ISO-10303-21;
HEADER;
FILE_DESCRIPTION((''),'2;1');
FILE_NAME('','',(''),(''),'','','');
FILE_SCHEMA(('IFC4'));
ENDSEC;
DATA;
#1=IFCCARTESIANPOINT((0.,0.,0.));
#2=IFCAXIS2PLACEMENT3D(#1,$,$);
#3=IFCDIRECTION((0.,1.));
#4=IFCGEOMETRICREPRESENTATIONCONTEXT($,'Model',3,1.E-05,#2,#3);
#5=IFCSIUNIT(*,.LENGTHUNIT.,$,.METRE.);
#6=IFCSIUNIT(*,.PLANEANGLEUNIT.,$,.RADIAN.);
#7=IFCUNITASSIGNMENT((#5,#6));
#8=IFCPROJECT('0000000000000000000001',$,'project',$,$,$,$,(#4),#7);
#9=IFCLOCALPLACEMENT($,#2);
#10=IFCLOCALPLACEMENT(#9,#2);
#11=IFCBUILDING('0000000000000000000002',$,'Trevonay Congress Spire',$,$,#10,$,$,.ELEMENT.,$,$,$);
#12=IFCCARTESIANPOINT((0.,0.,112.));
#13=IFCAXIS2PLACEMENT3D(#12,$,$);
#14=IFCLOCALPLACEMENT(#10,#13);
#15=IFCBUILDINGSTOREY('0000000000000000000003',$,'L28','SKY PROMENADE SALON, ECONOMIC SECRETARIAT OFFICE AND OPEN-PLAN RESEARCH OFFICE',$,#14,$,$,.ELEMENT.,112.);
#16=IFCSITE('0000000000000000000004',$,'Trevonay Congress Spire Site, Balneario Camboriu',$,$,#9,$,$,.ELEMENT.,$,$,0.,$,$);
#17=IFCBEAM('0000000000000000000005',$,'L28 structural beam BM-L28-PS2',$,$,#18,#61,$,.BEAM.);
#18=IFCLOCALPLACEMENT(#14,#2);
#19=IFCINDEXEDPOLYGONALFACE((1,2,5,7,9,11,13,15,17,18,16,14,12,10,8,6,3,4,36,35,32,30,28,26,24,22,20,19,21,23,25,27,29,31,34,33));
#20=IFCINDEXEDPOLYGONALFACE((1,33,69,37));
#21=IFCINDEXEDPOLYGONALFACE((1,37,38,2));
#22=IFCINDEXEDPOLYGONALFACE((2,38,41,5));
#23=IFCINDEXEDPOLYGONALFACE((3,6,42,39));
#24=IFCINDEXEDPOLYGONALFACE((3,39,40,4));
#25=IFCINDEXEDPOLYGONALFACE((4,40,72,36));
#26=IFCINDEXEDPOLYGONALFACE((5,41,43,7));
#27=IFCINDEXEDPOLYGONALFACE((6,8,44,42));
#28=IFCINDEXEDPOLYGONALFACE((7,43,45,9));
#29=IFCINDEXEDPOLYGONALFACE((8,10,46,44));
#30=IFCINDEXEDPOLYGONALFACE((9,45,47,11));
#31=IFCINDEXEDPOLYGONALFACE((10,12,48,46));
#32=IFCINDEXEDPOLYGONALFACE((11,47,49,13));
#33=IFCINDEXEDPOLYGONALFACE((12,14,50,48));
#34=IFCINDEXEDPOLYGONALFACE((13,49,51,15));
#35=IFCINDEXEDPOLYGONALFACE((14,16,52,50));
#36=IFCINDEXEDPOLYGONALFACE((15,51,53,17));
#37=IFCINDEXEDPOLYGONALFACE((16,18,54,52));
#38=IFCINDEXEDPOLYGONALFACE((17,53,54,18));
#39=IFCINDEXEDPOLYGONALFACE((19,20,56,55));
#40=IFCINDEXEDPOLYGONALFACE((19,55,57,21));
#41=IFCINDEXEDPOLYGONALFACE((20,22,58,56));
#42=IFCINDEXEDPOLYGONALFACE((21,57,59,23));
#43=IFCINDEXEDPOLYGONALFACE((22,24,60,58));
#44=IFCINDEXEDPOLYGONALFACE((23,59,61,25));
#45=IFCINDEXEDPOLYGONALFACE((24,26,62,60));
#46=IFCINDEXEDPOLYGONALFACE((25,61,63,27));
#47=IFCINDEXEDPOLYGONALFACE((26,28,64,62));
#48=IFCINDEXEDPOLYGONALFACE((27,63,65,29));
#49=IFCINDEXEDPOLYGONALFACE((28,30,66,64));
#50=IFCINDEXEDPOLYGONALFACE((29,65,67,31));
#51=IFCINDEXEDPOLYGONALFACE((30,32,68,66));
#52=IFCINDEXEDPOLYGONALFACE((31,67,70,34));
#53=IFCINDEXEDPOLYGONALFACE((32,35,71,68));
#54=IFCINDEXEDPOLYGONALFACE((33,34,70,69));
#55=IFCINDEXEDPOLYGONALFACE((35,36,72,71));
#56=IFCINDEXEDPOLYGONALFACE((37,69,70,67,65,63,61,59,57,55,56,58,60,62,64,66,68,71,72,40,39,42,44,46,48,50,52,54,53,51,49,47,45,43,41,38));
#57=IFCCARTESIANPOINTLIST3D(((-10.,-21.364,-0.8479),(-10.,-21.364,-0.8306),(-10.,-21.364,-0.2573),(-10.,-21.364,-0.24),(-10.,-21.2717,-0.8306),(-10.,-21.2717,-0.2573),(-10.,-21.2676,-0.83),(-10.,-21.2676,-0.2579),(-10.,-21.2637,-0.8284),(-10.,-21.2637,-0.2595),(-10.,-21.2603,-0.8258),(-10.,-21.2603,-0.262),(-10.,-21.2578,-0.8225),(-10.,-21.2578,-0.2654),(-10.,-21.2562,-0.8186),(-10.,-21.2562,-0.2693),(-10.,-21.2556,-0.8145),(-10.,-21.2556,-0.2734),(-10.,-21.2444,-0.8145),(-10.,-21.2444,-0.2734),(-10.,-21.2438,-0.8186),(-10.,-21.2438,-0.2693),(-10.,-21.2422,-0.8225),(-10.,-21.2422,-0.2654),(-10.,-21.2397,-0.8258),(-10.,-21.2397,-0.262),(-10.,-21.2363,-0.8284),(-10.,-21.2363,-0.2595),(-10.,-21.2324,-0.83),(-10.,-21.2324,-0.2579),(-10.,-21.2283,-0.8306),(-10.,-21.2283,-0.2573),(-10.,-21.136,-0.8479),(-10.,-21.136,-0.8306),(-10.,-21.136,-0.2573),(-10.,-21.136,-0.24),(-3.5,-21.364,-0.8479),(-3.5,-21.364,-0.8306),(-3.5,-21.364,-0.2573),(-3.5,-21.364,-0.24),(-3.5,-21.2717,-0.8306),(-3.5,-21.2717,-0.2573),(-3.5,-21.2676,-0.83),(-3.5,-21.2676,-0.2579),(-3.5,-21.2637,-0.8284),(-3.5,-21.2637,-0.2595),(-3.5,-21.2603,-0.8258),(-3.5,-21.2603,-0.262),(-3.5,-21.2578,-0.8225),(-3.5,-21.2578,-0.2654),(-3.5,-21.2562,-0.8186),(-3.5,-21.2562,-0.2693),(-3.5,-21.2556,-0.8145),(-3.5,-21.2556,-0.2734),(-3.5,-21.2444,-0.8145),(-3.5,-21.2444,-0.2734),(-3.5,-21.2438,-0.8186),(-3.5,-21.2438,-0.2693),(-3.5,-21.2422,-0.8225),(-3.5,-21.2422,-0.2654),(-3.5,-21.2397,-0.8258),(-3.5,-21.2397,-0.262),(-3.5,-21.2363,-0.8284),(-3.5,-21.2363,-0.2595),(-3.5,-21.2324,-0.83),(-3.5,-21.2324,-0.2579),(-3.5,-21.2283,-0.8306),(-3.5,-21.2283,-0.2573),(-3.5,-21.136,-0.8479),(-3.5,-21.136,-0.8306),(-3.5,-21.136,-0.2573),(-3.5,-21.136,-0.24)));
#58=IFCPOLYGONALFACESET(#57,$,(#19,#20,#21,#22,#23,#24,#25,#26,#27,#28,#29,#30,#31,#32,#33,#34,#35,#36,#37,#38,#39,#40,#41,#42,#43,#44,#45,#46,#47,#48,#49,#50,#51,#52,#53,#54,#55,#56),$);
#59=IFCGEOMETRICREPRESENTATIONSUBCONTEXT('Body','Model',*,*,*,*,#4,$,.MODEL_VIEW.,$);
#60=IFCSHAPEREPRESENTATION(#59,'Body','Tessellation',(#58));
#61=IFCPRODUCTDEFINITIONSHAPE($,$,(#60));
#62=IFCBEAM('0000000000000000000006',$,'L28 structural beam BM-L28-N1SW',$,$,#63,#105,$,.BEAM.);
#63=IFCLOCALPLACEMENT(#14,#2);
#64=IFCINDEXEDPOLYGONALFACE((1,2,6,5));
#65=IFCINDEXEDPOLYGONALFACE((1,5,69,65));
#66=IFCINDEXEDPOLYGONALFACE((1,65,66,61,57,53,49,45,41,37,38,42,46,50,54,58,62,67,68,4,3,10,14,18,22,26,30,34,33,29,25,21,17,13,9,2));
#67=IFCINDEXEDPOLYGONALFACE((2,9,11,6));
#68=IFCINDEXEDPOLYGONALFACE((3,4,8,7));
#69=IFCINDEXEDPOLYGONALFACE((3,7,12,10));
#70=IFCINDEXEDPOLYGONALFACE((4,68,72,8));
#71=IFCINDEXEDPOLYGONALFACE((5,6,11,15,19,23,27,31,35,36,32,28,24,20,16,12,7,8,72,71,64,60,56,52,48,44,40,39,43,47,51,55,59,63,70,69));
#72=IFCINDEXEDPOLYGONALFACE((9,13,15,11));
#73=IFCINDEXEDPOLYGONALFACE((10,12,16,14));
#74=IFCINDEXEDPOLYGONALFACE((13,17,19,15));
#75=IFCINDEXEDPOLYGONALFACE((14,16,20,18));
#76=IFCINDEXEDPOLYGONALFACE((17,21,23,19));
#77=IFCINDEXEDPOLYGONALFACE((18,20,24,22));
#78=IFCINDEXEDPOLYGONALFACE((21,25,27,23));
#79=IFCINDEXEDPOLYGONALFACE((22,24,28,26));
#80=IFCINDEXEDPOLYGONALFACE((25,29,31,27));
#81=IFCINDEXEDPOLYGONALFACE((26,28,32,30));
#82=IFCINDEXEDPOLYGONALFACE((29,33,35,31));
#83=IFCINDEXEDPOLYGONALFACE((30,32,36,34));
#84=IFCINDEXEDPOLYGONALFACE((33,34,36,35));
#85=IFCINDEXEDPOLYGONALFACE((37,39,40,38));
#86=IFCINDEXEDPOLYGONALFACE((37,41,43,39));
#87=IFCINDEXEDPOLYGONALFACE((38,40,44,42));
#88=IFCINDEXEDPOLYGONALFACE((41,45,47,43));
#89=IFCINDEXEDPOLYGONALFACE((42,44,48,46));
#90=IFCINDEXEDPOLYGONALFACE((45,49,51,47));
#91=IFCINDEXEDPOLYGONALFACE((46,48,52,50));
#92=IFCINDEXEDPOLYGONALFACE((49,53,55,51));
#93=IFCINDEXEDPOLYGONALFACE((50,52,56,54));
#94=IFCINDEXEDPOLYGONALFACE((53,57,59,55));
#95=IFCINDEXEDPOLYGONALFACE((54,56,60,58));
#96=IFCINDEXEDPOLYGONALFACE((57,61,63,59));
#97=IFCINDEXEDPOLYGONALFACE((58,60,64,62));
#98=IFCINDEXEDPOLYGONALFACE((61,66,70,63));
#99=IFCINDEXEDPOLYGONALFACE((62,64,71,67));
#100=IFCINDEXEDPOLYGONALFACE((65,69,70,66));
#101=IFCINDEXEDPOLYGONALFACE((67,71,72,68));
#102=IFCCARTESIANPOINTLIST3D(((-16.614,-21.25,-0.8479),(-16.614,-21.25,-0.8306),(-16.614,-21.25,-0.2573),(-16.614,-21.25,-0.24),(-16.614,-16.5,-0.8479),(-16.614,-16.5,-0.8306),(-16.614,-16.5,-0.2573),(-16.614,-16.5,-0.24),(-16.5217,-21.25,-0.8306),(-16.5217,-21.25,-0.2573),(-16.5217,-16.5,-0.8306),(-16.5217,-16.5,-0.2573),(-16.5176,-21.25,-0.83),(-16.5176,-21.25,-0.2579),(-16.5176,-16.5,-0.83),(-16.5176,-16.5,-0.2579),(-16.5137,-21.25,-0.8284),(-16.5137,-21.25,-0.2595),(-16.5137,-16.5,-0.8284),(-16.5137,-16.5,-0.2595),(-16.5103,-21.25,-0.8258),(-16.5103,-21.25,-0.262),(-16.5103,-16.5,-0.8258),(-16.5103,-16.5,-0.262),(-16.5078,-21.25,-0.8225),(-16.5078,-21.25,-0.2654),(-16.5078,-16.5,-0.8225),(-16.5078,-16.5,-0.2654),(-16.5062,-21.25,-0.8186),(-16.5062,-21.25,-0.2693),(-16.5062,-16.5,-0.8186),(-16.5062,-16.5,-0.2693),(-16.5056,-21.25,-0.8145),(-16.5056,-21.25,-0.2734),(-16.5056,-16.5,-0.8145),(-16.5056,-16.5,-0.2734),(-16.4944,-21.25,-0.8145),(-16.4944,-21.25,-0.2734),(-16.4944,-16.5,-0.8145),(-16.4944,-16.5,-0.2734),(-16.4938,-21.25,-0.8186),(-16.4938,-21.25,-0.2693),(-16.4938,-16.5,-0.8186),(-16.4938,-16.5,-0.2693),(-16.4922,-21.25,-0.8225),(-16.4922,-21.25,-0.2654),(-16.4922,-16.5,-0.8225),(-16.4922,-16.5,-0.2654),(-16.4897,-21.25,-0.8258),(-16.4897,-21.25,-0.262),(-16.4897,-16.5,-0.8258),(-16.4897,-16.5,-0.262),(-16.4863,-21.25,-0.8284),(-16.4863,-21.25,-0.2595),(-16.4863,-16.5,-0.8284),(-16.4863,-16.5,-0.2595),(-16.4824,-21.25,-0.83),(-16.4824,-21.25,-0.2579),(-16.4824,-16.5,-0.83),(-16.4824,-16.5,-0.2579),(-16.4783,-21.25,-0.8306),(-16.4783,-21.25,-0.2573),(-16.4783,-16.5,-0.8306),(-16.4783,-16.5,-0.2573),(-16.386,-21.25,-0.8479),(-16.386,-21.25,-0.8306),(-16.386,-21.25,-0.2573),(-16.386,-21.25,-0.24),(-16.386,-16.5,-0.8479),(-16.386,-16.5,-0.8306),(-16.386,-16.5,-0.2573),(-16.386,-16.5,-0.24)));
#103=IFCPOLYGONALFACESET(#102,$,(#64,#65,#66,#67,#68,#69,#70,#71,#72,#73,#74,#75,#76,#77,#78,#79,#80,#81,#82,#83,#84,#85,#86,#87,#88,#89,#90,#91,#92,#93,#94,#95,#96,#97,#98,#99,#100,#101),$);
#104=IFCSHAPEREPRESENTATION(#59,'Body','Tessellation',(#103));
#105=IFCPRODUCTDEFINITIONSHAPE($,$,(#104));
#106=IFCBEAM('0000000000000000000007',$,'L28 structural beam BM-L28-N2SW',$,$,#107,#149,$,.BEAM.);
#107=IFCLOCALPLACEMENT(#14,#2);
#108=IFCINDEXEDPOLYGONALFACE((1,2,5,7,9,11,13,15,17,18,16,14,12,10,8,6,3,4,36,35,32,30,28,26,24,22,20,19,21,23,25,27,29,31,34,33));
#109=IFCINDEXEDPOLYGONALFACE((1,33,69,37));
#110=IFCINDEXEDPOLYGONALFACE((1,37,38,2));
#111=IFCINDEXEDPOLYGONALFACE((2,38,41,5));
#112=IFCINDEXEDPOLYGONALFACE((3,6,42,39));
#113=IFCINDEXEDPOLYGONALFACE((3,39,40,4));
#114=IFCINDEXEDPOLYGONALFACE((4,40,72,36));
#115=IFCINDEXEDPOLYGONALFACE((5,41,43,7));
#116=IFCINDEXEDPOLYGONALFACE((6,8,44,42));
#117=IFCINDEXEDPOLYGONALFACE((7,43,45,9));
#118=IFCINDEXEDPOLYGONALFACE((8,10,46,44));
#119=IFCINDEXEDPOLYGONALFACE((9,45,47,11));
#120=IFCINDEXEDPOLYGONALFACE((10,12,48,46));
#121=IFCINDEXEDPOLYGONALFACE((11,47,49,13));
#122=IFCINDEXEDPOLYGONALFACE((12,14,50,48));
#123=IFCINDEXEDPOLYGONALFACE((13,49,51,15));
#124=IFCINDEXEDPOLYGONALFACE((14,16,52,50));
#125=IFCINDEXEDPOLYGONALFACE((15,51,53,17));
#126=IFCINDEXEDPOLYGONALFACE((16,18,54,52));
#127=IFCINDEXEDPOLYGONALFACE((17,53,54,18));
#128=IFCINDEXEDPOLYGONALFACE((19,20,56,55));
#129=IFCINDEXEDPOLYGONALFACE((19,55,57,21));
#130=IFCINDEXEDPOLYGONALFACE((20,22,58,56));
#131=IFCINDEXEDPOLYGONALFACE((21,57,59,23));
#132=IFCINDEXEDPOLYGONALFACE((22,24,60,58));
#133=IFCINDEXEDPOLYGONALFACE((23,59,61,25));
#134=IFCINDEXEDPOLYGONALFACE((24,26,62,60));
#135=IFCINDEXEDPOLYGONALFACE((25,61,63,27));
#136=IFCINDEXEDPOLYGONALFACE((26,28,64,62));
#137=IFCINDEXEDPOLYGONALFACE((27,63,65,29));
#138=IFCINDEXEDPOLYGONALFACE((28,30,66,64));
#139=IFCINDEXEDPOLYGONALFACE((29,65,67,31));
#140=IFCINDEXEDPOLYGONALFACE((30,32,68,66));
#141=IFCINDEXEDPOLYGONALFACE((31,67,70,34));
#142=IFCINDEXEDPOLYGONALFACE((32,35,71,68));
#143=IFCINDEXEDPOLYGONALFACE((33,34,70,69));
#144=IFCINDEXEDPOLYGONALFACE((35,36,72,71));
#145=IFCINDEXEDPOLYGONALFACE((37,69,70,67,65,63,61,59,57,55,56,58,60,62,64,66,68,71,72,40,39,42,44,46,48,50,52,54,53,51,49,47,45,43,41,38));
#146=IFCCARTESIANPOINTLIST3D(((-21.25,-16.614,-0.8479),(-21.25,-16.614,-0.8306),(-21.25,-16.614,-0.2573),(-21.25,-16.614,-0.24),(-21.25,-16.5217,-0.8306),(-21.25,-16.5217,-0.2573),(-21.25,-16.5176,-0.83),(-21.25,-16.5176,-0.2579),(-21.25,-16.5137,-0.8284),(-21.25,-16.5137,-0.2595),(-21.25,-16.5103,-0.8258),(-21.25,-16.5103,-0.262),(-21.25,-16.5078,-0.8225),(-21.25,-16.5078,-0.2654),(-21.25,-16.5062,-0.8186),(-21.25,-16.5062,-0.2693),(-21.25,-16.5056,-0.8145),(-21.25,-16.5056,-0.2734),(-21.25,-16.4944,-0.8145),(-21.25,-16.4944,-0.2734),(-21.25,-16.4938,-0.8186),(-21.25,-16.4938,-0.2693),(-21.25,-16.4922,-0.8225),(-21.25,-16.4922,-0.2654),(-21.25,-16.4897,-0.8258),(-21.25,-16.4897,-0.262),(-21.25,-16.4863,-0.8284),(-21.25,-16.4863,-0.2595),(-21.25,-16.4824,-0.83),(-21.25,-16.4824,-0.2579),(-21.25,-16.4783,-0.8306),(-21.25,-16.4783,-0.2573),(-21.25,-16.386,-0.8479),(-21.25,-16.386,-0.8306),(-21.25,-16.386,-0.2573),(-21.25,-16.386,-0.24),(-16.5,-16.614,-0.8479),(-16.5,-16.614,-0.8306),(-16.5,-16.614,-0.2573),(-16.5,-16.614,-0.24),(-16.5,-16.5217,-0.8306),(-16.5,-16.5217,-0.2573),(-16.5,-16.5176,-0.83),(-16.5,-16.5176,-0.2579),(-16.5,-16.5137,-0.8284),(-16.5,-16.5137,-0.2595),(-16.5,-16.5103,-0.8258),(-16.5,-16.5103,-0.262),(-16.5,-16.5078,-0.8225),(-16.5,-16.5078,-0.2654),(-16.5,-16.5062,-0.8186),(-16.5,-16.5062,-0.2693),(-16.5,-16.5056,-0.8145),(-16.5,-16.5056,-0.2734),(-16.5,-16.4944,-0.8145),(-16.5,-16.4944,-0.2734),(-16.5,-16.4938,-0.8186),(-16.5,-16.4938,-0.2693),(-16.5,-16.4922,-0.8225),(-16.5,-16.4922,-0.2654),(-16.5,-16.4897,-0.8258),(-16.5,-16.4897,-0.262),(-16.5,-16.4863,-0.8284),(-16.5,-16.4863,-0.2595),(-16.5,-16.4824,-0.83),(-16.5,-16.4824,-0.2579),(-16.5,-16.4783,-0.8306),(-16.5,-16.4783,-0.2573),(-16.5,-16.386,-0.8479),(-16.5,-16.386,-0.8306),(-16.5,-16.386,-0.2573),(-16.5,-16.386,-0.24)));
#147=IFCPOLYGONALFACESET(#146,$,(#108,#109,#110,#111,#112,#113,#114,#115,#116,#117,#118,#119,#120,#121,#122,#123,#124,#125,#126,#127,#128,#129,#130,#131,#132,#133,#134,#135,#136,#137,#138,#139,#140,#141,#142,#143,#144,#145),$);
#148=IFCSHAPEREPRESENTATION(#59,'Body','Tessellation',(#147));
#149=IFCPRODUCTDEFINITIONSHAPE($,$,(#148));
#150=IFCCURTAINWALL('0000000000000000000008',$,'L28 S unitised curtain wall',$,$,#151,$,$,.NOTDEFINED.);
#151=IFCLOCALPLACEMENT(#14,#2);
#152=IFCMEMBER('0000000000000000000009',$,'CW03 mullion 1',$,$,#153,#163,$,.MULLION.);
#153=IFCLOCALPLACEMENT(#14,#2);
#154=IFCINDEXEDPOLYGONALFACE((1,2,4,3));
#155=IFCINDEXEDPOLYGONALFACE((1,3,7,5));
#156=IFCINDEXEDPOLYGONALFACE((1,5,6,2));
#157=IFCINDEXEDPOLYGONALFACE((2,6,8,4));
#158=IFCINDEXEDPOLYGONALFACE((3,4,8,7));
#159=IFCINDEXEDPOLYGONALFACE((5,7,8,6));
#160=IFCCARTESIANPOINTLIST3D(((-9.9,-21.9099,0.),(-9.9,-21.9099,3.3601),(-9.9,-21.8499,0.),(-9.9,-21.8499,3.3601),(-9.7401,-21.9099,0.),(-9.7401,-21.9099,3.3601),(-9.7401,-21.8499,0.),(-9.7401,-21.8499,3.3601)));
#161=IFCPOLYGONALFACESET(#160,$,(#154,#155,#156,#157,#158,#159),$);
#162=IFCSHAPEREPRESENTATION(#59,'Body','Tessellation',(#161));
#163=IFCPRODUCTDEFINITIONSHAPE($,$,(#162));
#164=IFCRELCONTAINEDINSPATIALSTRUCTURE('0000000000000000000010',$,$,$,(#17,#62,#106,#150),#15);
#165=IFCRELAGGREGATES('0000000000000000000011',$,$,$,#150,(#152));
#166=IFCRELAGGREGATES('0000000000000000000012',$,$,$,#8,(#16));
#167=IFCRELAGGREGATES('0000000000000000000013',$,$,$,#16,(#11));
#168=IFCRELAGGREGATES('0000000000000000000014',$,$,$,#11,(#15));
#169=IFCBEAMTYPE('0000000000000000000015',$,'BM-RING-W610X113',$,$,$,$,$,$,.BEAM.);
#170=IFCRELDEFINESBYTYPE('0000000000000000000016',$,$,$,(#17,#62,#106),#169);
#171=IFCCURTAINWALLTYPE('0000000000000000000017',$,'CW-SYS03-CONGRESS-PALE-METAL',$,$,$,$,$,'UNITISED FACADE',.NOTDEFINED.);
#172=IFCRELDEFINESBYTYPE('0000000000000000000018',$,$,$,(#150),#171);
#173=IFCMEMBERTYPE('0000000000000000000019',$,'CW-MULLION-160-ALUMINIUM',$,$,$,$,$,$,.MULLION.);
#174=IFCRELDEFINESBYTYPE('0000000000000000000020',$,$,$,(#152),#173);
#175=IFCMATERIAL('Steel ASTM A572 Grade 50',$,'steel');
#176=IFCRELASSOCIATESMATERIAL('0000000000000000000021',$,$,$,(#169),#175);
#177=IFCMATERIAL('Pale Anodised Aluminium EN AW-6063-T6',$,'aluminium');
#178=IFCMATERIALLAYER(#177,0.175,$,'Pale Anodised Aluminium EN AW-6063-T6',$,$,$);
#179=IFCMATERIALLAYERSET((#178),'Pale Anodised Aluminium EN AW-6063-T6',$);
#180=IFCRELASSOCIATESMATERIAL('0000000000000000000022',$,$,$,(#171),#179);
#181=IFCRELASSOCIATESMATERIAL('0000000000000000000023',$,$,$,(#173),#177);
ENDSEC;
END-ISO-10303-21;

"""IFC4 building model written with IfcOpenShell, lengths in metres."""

from ifc_helpers import new_model, si_unit, direction, frame, origin, origin_2d, place, context, subcontext, project, spatial, rectangle, i_section, extrude, material, layer, layer_set, material_profile, profile_set, type_object, element, aggregate, save


model = new_model("IFC4")

# Units and contexts
model_context = context("Model", 3, precision=1e-05, world=origin(), true_north=direction((0.0, 1.0)))
body_context = subcontext(model_context, "Body", "Model", "MODEL_VIEW")
ifc_project = project(units=[si_unit("LENGTHUNIT", "METRE"), si_unit("PLANEANGLEUNIT", "RADIAN")], contexts=[model_context])

# Site, building, storey
site_placement = place(None, origin())
site = spatial("IfcSite", under=ifc_project, at=site_placement, Name="Trevonay Congress Spire Site, Balneario Camboriu", CompositionType="ELEMENT", RefElevation=0.0)
building_placement = place(site_placement, origin())
building = spatial("IfcBuilding", under=site, at=building_placement, Name="Trevonay Congress Spire", CompositionType="ELEMENT")
storey_placement = place(building_placement, frame((0.0, 0.0, 112.0)))
storey = spatial("IfcBuildingStorey", under=building, at=storey_placement, Name="L28", Description="SKY PROMENADE SALON, ECONOMIC SECRETARIAT OFFICE AND OPEN-PLAN RESEARCH OFFICE", CompositionType="ELEMENT", Elevation=112.0)

# Shared definitions
ifc_material_1 = material(Name="Steel ASTM A572 Grade 50", Category="steel")

# Beams
ifc_material_profile_1 = material_profile(ifc_material_1, i_section(OverallWidth=0.228, OverallDepth=0.6079, WebThickness=0.0112, FlangeThickness=0.0173, FilletRadius=0.0161, at=origin_2d()), Name="W610x113")
ifc_profile_set_1 = profile_set([ifc_material_profile_1], Name="Steel ASTM A572 Grade 50")
beam_type = type_object("IfcBeamType", Name="BM-RING-W610X113", PredefinedType="BEAM", material=ifc_profile_set_1)
for number, where, z_axis, x_axis, name in (
    (1, (-10.0, -21.25, -0.5439), (1.0, 0.0, 0.0), (0.0, 1.0, 0.0), "L28 structural beam BM-L28-PS2"),
):
    element("IfcBeam", number, at=place(storey_placement, frame(where, z_axis=z_axis, x_axis=x_axis)), inside=storey, type_object=beam_type, Name=name, PredefinedType="BEAM", context=body_context, shape_type="SweptSolid", body=[
        extrude(i_section(OverallWidth=0.228, OverallDepth=0.6079, WebThickness=0.0112, FlangeThickness=0.0173, FilletRadius=0.0161, at=origin_2d()), origin(), (0.0, 0.0, 1.0), 6.5),
    ])
for number, where, z_axis, x_axis, name in (
    (2, (-16.5, -21.25, -0.5439), (0.0, 1.0, 0.0), (-1.0, 0.0, 0.0), "L28 structural beam BM-L28-N1SW"),
    (3, (-21.25, -16.5, -0.5439), (1.0, 0.0, 0.0), (0.0, 1.0, 0.0), "L28 structural beam BM-L28-N2SW"),
):
    element("IfcBeam", number, at=place(storey_placement, frame(where, z_axis=z_axis, x_axis=x_axis)), inside=storey, type_object=beam_type, Name=name, PredefinedType="BEAM", context=body_context, shape_type="SweptSolid", body=[
        extrude(i_section(OverallWidth=0.228, OverallDepth=0.6079, WebThickness=0.0112, FlangeThickness=0.0173, FilletRadius=0.0161, at=origin_2d()), origin(), (0.0, 0.0, 1.0), 4.75),
    ])

# Curtain wall, member
ifc_material_2 = material(Name="Pale Anodised Aluminium EN AW-6063-T6", Category="aluminium")
ifc_layer_1 = layer(ifc_material_2, 0.175, Name="Pale Anodised Aluminium EN AW-6063-T6")
ifc_layer_set_1 = layer_set([ifc_layer_1], Name="Pale Anodised Aluminium EN AW-6063-T6")
curtain_wall_type = type_object("IfcCurtainWallType", Name="CW-SYS03-CONGRESS-PALE-METAL", ElementType="UNITISED FACADE", PredefinedType="NOTDEFINED", material=ifc_layer_set_1)
curtain_wall_placement = place(storey_placement, origin())
curtain_wall = element("IfcCurtainWall", 4, at=curtain_wall_placement, inside=storey, type_object=curtain_wall_type, Name="L28 S unitised curtain wall", PredefinedType="NOTDEFINED")
ifc_material_profile_2 = material_profile(ifc_material_2, rectangle(XDim=0.0601, YDim=0.1599, at=origin_2d()), Name="CW-MULLION-160-ALUMINIUM")
ifc_profile_set_2 = profile_set([ifc_material_profile_2], Name="Pale Anodised Aluminium EN AW-6063-T6")
member_type_1 = type_object("IfcMemberType", Name="CW-MULLION-160-ALUMINIUM", PredefinedType="MULLION", material=ifc_profile_set_2)
member_placement = place(storey_placement, frame((-9.8201, -21.8799, 0.0), z_axis=(0.0, 0.0, 1.0), x_axis=(0.0, 1.0, 0.0)))
member = element("IfcMember", 5, at=member_placement, type_object=member_type_1, Name="CW03 mullion 1", PredefinedType="MULLION", context=body_context, shape_type="SweptSolid", body=[
    extrude(rectangle(XDim=0.0601, YDim=0.1599, at=origin_2d()), origin(), (0.0, 0.0, 1.0), 3.3601),
])
aggregate(curtain_wall, [member])

save(model, "model.ifc")
